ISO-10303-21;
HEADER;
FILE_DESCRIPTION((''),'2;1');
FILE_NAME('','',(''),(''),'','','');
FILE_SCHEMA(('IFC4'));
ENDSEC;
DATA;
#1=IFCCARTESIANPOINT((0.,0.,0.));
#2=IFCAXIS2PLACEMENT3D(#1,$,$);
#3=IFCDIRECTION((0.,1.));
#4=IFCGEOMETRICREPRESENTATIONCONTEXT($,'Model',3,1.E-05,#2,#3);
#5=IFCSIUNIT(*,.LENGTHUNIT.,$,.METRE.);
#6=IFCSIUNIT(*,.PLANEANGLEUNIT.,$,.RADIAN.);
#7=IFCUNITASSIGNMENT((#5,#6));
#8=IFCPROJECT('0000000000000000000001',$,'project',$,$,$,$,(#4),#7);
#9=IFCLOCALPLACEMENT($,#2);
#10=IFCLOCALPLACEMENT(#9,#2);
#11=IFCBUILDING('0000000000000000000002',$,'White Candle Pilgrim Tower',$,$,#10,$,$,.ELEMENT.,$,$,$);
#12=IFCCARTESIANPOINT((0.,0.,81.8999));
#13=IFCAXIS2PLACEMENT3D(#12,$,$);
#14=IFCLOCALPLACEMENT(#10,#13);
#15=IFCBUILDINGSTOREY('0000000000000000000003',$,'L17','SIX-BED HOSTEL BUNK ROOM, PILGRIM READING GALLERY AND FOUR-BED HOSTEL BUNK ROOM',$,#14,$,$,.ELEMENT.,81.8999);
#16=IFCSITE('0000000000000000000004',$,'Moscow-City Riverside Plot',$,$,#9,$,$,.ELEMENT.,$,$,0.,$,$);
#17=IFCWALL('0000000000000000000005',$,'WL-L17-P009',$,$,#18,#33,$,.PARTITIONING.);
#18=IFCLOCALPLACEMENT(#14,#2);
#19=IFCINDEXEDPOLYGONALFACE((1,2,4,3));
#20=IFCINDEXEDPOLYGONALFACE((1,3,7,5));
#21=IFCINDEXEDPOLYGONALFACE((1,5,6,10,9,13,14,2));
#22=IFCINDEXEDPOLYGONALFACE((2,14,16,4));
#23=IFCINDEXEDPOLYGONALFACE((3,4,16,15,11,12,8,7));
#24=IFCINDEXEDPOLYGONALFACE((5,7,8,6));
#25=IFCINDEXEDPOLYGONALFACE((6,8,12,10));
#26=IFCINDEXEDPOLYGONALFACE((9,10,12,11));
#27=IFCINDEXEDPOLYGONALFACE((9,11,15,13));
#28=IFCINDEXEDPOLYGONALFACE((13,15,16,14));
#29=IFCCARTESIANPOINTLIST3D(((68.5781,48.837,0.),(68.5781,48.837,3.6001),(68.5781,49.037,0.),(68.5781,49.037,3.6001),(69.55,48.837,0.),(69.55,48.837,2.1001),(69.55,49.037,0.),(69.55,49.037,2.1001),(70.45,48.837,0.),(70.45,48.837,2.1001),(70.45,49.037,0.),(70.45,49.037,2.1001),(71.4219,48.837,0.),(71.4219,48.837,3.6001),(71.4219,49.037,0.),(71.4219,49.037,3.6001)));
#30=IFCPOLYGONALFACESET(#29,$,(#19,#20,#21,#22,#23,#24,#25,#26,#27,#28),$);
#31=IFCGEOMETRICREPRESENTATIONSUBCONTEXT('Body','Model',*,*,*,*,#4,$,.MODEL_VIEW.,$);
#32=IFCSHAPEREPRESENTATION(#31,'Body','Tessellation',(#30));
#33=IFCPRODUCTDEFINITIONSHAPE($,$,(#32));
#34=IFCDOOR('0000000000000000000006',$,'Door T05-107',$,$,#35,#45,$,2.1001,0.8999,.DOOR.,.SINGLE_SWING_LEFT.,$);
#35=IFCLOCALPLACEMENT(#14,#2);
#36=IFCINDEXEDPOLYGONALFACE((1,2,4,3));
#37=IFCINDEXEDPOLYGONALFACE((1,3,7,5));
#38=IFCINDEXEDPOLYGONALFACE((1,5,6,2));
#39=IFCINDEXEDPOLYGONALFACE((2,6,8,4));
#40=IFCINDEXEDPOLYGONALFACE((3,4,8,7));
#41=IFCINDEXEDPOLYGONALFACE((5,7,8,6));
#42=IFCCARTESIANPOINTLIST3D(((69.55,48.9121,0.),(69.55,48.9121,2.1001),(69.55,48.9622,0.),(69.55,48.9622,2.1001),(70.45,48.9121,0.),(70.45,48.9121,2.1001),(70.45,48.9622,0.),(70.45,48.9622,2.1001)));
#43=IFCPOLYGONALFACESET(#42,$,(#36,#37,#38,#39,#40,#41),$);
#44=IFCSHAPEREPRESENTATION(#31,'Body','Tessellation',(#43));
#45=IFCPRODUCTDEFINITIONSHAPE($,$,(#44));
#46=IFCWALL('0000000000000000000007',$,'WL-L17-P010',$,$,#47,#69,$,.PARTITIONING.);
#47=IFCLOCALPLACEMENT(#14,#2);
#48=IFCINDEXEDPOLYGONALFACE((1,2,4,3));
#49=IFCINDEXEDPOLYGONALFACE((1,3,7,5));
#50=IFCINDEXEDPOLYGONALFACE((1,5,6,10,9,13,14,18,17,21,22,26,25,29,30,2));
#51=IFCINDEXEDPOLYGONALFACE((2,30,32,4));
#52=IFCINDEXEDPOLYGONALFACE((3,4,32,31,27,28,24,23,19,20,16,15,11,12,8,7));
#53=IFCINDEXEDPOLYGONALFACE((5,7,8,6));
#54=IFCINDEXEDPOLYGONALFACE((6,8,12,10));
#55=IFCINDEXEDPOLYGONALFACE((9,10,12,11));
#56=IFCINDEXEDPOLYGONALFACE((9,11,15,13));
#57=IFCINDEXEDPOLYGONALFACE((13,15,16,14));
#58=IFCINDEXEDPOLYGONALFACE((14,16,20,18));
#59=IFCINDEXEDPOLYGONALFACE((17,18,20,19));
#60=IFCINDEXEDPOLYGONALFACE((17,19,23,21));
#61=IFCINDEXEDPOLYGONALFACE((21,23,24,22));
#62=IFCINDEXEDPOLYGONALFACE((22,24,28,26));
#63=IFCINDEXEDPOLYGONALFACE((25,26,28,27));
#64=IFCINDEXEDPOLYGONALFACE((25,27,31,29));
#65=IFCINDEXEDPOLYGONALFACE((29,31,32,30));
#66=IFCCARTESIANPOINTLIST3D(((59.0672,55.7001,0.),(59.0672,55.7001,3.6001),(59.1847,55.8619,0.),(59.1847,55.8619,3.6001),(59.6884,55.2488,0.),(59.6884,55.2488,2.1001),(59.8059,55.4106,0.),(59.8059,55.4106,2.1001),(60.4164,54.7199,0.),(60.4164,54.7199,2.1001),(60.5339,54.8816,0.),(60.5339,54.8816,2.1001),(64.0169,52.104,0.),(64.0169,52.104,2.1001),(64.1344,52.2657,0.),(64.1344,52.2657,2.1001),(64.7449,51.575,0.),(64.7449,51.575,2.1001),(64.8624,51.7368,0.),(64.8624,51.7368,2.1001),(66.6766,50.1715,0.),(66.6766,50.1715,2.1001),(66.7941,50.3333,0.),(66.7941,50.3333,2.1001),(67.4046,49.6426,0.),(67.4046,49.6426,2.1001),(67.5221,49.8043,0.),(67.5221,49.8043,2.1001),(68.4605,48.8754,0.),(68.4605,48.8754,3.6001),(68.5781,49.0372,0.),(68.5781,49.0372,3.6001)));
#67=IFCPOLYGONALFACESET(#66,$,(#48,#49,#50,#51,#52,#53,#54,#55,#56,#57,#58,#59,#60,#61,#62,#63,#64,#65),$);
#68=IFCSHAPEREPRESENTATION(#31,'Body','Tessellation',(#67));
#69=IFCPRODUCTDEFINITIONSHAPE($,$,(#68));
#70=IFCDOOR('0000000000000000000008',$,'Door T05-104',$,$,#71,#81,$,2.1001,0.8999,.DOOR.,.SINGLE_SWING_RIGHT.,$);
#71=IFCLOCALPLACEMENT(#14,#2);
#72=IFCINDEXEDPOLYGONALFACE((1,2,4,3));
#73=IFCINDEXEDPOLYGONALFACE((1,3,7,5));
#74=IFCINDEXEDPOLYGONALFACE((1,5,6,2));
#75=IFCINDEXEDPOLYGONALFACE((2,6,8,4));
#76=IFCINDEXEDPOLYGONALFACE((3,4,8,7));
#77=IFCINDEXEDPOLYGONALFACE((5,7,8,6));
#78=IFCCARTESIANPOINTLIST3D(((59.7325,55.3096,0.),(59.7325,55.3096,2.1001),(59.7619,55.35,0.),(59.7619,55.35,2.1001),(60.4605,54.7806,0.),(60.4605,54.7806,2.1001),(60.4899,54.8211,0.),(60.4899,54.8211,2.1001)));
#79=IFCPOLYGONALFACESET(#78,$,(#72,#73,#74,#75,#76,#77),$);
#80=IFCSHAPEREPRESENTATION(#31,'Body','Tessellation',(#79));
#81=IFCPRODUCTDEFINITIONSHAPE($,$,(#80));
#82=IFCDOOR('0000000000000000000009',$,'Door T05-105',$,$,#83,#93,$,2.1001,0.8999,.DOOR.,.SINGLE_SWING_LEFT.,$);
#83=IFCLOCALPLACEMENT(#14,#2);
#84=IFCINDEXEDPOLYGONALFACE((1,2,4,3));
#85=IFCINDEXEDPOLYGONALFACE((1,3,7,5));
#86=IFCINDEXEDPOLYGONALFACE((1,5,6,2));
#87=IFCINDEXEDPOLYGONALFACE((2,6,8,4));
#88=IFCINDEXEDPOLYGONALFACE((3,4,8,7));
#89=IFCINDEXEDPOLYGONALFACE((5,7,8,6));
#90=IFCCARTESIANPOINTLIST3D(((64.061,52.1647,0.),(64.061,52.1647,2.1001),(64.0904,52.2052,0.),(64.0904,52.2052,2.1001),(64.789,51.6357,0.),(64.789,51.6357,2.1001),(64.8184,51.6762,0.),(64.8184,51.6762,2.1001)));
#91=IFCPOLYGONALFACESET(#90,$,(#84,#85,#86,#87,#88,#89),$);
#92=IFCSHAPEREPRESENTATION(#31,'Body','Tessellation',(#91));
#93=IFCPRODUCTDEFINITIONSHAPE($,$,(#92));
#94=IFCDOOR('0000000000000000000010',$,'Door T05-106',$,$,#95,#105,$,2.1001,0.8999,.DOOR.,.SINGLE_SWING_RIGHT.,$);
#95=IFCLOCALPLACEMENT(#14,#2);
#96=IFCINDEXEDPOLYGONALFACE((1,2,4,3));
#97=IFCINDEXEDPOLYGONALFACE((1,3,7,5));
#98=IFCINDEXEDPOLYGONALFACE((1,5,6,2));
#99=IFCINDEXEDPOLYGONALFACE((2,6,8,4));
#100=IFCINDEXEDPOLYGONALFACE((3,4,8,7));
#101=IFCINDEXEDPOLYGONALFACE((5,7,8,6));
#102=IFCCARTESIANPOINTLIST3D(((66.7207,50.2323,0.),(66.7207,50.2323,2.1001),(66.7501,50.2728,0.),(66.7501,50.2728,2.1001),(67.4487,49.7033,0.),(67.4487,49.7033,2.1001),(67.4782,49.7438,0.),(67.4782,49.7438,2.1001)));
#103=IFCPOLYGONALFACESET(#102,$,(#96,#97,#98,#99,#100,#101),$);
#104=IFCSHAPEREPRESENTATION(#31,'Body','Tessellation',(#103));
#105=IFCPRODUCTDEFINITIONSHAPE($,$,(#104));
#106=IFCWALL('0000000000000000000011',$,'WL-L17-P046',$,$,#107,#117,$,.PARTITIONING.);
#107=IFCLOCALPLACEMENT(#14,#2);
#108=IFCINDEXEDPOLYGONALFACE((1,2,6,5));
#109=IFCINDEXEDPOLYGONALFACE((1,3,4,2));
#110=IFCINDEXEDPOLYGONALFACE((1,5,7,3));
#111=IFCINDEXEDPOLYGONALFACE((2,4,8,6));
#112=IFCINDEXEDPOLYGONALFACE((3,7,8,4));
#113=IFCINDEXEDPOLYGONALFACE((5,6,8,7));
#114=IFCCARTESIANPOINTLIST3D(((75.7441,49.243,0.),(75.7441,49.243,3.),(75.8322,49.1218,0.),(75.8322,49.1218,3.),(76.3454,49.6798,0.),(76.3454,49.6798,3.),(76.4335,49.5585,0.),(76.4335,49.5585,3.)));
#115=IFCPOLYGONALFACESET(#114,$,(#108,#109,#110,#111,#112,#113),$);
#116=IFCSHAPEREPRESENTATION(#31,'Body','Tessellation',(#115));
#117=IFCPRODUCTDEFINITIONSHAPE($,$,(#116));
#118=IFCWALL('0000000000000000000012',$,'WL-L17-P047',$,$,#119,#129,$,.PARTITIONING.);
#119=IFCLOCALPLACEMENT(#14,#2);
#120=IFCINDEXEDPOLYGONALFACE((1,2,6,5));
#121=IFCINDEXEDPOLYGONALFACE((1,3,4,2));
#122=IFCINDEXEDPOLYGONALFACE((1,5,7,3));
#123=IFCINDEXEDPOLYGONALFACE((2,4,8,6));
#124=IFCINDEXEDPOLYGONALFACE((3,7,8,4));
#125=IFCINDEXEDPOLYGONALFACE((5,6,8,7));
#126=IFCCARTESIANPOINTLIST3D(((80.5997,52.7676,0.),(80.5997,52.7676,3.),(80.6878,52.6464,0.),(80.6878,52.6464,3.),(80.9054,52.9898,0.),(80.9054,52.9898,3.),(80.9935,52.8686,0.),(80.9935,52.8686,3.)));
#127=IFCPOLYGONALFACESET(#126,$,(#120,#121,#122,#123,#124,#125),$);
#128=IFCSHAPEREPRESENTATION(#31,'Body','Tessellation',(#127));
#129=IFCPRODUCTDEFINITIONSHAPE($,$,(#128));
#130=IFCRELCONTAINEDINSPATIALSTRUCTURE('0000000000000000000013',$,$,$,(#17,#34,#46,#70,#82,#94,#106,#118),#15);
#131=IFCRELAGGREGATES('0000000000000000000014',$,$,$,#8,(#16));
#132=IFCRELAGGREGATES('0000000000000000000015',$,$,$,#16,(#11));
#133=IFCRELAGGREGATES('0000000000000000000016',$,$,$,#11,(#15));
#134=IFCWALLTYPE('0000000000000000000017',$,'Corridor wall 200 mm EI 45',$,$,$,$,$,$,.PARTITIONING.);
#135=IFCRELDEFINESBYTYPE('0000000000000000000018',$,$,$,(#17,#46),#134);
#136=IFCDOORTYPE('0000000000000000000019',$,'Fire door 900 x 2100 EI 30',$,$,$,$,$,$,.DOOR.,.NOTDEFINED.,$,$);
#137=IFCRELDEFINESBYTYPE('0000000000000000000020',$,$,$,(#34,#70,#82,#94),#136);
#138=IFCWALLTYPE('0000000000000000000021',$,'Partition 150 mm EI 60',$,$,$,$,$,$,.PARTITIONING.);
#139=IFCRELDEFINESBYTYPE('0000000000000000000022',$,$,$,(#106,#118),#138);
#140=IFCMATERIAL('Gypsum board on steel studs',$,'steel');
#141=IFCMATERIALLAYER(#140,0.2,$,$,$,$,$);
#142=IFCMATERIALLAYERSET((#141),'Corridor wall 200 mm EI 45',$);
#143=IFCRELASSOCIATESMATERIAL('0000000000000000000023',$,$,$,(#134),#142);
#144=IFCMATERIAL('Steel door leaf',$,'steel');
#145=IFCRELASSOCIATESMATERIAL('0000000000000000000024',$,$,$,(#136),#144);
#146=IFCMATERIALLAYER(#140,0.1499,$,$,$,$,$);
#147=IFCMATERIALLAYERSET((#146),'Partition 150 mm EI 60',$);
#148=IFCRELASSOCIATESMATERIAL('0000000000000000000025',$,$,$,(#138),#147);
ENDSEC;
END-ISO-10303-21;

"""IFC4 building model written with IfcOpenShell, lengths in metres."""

from ifc_helpers import new_model, si_unit, direction, frame, frame_2d, origin, place, context, subcontext, project, spatial, rectangle, extrude, material, layer, layer_set, type_object, element, fill, save


model = new_model("IFC4")

# Units and contexts
model_context = context("Model", 3, precision=1e-05, world=origin(), true_north=direction((0.0, 1.0)))
body_context = subcontext(model_context, "Body", "Model", "MODEL_VIEW")
ifc_project = project(units=[si_unit("LENGTHUNIT", "METRE"), si_unit("PLANEANGLEUNIT", "RADIAN")], contexts=[model_context])

# Site, building, storey
site_placement = place(None, origin())
site = spatial("IfcSite", under=ifc_project, at=site_placement, Name="Moscow-City Riverside Plot", CompositionType="ELEMENT", RefElevation=0.0)
building_placement = place(site_placement, origin())
building = spatial("IfcBuilding", under=site, at=building_placement, Name="White Candle Pilgrim Tower", CompositionType="ELEMENT")
storey_placement = place(building_placement, frame((0.0, 0.0, 81.8999)))
storey = spatial("IfcBuildingStorey", under=building, at=storey_placement, Name="L17", Description="SIX-BED HOSTEL BUNK ROOM, PILGRIM READING GALLERY AND FOUR-BED HOSTEL BUNK ROOM", CompositionType="ELEMENT", Elevation=81.8999)

# Shared definitions
ifc_material_1 = material(Name="Gypsum board on steel studs", Category="steel")
ifc_layer_1 = layer(ifc_material_1, 0.2)
ifc_layer_set_1 = layer_set([ifc_layer_1], Name="Corridor wall 200 mm EI 45")
wall_type_1 = type_object("IfcWallType", Name="Corridor wall 200 mm EI 45", PredefinedType="PARTITIONING", material=ifc_layer_set_1)
ifc_material_2 = material(Name="Steel door leaf", Category="steel")
door_type = type_object("IfcDoorType", Name="Fire door 900 x 2100 EI 30", OperationType="NOTDEFINED", PredefinedType="DOOR", material=ifc_material_2)

# Wall, opening, door
wall_1_placement = place(storey_placement, frame((71.4219, 48.937, 0.0), z_axis=(0.0, 0.0, 1.0), x_axis=(-1.0, 0.0, 0.0)))
wall_1 = element("IfcWall", 1, at=wall_1_placement, inside=storey, type_object=wall_type_1, Name="WL-L17-P009", PredefinedType="PARTITIONING", context=body_context, shape_type="SweptSolid", body=[
    extrude(rectangle(XDim=2.8438, YDim=0.2, at=frame_2d((1.4219, 0.0))), origin(), (0.0, 0.0, 1.0), 3.6001),
])
opening_1_placement = place(wall_1_placement, frame((0.9719, 0.0, 0.0)))
opening_1 = element("IfcOpeningElement", 2, at=opening_1_placement, cuts=wall_1, PredefinedType="OPENING", context=body_context, shape_type="SweptSolid", body=[
    extrude(rectangle(XDim=0.8999, YDim=2.1001, at=frame_2d((0.45, 1.05))), frame((0.0, 0.1099, 0.0), z_axis=(0.0, -1.0, 0.0), x_axis=(1.0, 0.0, 0.0)), (0.0, 0.0, 1.0), 0.22),
])
door_1_placement = place(opening_1_placement, origin())
door_1 = element("IfcDoor", 3, at=door_1_placement, inside=storey, type_object=door_type, Name="Door T05-107", OperationType="SINGLE_SWING_LEFT", OverallHeight=2.1001, OverallWidth=0.8999, PredefinedType="DOOR", context=body_context, shape_type="SweptSolid", body=[
    extrude(rectangle(XDim=0.8999, YDim=2.1001, at=frame_2d((0.45, 1.05))), frame((0.0, 0.0249, 0.0), z_axis=(0.0, -1.0, 0.0), x_axis=(1.0, 0.0, 0.0)), (0.0, 0.0, 1.0), 0.05),
])
fill(opening_1, door_1)

# Wall, openings, doors
wall_2_placement = place(storey_placement, frame((68.5193, 48.9563, 0.0), z_axis=(0.0, 0.0, 1.0), x_axis=(-0.809014, 0.587789, 0.0)))
wall_2 = element("IfcWall", 4, at=wall_2_placement, inside=storey, type_object=wall_type_1, Name="WL-L17-P010", PredefinedType="PARTITIONING", context=body_context, shape_type="SweptSolid", body=[
    extrude(rectangle(XDim=11.6108, YDim=0.2, at=frame_2d((5.8054, 0.0))), origin(), (0.0, 0.0, 1.0), 3.6001),
])
opening_2_placement = place(wall_2_placement, frame((9.9431, 0.0, 0.0)))
opening_2 = element("IfcOpeningElement", 5, at=opening_2_placement, cuts=wall_2, PredefinedType="OPENING", context=body_context, shape_type="SweptSolid", body=[
    extrude(rectangle(XDim=0.8999, YDim=2.1001, at=frame_2d((0.45, 1.05))), frame((0.0, 0.1099, 0.0), z_axis=(0.0, -1.0, 0.0), x_axis=(1.0, 0.0, 0.0)), (0.0, 0.0, 1.0), 0.22),
])
opening_3_placement = place(wall_2_placement, frame((4.5928, 0.0, 0.0)))
opening_3 = element("IfcOpeningElement", 6, at=opening_3_placement, cuts=wall_2, PredefinedType="OPENING", context=body_context, shape_type="SweptSolid", body=[
    extrude(rectangle(XDim=0.8999, YDim=2.1001, at=frame_2d((0.45, 1.05))), frame((0.0, 0.1099, 0.0), z_axis=(0.0, -1.0, 0.0), x_axis=(1.0, 0.0, 0.0)), (0.0, 0.0, 1.0), 0.22),
])
opening_4_placement = place(wall_2_placement, frame((1.3052, 0.0, 0.0)))
opening_4 = element("IfcOpeningElement", 7, at=opening_4_placement, cuts=wall_2, PredefinedType="OPENING", context=body_context, shape_type="SweptSolid", body=[
    extrude(rectangle(XDim=0.8999, YDim=2.1001, at=frame_2d((0.45, 1.05))), frame((0.0, 0.1099, 0.0), z_axis=(0.0, -1.0, 0.0), x_axis=(1.0, 0.0, 0.0)), (0.0, 0.0, 1.0), 0.22),
])
door_2_placement = place(opening_2_placement, origin())
door_2 = element("IfcDoor", 8, at=door_2_placement, inside=storey, type_object=door_type, Name="Door T05-104", OperationType="SINGLE_SWING_RIGHT", OverallHeight=2.1001, OverallWidth=0.8999, PredefinedType="DOOR", context=body_context, shape_type="SweptSolid", body=[
    extrude(rectangle(XDim=0.8999, YDim=2.1001, at=frame_2d((0.45, 1.05))), frame((0.0, 0.0249, 0.0), z_axis=(0.0, -1.0, 0.0), x_axis=(1.0, 0.0, 0.0)), (0.0, 0.0, 1.0), 0.05),
])
fill(opening_2, door_2)
door_3_placement = place(opening_3_placement, origin())
door_3 = element("IfcDoor", 9, at=door_3_placement, inside=storey, type_object=door_type, Name="Door T05-105", OperationType="SINGLE_SWING_LEFT", OverallHeight=2.1001, OverallWidth=0.8999, PredefinedType="DOOR", context=body_context, shape_type="SweptSolid", body=[
    extrude(rectangle(XDim=0.8999, YDim=2.1001, at=frame_2d((0.45, 1.05))), frame((0.0, 0.0249, 0.0), z_axis=(0.0, -1.0, 0.0), x_axis=(1.0, 0.0, 0.0)), (0.0, 0.0, 1.0), 0.05),
])
fill(opening_3, door_3)
door_4_placement = place(opening_4_placement, origin())
door_4 = element("IfcDoor", 10, at=door_4_placement, inside=storey, type_object=door_type, Name="Door T05-106", OperationType="SINGLE_SWING_RIGHT", OverallHeight=2.1001, OverallWidth=0.8999, PredefinedType="DOOR", context=body_context, shape_type="SweptSolid", body=[
    extrude(rectangle(XDim=0.8999, YDim=2.1001, at=frame_2d((0.45, 1.05))), frame((0.0, 0.0249, 0.0), z_axis=(0.0, -1.0, 0.0), x_axis=(1.0, 0.0, 0.0)), (0.0, 0.0, 1.0), 0.05),
])
fill(opening_4, door_4)

# Walls
ifc_layer_2 = layer(ifc_material_1, 0.1499)
ifc_layer_set_2 = layer_set([ifc_layer_2], Name="Partition 150 mm EI 60")
wall_type_2 = type_object("IfcWallType", Name="Partition 150 mm EI 60", PredefinedType="PARTITIONING", material=ifc_layer_set_2)
wall_3_placement = place(storey_placement, frame((76.3894, 49.6191, 0.0), z_axis=(0.0, 0.0, 1.0), x_axis=(-0.809091, -0.587683, 0.0)))
element("IfcWall", 11, at=wall_3_placement, inside=storey, type_object=wall_type_2, Name="WL-L17-P046", PredefinedType="PARTITIONING", context=body_context, shape_type="SweptSolid", body=[
    extrude(rectangle(XDim=0.7432, YDim=0.1499, at=frame_2d((0.3716, 0.0))), origin(), (0.0, 0.0, 1.0), 3.0),
])
wall_4_placement = place(storey_placement, frame((80.9495, 52.9292, 0.0), z_axis=(0.0, 0.0, 1.0), x_axis=(-0.808904, -0.587941, 0.0)))
element("IfcWall", 12, at=wall_4_placement, inside=storey, type_object=wall_type_2, Name="WL-L17-P047", PredefinedType="PARTITIONING", context=body_context, shape_type="SweptSolid", body=[
    extrude(rectangle(XDim=0.3779, YDim=0.1499, at=frame_2d((0.189, 0.0))), origin(), (0.0, 0.0, 1.0), 3.0),
])

save(model, "model.ifc")
